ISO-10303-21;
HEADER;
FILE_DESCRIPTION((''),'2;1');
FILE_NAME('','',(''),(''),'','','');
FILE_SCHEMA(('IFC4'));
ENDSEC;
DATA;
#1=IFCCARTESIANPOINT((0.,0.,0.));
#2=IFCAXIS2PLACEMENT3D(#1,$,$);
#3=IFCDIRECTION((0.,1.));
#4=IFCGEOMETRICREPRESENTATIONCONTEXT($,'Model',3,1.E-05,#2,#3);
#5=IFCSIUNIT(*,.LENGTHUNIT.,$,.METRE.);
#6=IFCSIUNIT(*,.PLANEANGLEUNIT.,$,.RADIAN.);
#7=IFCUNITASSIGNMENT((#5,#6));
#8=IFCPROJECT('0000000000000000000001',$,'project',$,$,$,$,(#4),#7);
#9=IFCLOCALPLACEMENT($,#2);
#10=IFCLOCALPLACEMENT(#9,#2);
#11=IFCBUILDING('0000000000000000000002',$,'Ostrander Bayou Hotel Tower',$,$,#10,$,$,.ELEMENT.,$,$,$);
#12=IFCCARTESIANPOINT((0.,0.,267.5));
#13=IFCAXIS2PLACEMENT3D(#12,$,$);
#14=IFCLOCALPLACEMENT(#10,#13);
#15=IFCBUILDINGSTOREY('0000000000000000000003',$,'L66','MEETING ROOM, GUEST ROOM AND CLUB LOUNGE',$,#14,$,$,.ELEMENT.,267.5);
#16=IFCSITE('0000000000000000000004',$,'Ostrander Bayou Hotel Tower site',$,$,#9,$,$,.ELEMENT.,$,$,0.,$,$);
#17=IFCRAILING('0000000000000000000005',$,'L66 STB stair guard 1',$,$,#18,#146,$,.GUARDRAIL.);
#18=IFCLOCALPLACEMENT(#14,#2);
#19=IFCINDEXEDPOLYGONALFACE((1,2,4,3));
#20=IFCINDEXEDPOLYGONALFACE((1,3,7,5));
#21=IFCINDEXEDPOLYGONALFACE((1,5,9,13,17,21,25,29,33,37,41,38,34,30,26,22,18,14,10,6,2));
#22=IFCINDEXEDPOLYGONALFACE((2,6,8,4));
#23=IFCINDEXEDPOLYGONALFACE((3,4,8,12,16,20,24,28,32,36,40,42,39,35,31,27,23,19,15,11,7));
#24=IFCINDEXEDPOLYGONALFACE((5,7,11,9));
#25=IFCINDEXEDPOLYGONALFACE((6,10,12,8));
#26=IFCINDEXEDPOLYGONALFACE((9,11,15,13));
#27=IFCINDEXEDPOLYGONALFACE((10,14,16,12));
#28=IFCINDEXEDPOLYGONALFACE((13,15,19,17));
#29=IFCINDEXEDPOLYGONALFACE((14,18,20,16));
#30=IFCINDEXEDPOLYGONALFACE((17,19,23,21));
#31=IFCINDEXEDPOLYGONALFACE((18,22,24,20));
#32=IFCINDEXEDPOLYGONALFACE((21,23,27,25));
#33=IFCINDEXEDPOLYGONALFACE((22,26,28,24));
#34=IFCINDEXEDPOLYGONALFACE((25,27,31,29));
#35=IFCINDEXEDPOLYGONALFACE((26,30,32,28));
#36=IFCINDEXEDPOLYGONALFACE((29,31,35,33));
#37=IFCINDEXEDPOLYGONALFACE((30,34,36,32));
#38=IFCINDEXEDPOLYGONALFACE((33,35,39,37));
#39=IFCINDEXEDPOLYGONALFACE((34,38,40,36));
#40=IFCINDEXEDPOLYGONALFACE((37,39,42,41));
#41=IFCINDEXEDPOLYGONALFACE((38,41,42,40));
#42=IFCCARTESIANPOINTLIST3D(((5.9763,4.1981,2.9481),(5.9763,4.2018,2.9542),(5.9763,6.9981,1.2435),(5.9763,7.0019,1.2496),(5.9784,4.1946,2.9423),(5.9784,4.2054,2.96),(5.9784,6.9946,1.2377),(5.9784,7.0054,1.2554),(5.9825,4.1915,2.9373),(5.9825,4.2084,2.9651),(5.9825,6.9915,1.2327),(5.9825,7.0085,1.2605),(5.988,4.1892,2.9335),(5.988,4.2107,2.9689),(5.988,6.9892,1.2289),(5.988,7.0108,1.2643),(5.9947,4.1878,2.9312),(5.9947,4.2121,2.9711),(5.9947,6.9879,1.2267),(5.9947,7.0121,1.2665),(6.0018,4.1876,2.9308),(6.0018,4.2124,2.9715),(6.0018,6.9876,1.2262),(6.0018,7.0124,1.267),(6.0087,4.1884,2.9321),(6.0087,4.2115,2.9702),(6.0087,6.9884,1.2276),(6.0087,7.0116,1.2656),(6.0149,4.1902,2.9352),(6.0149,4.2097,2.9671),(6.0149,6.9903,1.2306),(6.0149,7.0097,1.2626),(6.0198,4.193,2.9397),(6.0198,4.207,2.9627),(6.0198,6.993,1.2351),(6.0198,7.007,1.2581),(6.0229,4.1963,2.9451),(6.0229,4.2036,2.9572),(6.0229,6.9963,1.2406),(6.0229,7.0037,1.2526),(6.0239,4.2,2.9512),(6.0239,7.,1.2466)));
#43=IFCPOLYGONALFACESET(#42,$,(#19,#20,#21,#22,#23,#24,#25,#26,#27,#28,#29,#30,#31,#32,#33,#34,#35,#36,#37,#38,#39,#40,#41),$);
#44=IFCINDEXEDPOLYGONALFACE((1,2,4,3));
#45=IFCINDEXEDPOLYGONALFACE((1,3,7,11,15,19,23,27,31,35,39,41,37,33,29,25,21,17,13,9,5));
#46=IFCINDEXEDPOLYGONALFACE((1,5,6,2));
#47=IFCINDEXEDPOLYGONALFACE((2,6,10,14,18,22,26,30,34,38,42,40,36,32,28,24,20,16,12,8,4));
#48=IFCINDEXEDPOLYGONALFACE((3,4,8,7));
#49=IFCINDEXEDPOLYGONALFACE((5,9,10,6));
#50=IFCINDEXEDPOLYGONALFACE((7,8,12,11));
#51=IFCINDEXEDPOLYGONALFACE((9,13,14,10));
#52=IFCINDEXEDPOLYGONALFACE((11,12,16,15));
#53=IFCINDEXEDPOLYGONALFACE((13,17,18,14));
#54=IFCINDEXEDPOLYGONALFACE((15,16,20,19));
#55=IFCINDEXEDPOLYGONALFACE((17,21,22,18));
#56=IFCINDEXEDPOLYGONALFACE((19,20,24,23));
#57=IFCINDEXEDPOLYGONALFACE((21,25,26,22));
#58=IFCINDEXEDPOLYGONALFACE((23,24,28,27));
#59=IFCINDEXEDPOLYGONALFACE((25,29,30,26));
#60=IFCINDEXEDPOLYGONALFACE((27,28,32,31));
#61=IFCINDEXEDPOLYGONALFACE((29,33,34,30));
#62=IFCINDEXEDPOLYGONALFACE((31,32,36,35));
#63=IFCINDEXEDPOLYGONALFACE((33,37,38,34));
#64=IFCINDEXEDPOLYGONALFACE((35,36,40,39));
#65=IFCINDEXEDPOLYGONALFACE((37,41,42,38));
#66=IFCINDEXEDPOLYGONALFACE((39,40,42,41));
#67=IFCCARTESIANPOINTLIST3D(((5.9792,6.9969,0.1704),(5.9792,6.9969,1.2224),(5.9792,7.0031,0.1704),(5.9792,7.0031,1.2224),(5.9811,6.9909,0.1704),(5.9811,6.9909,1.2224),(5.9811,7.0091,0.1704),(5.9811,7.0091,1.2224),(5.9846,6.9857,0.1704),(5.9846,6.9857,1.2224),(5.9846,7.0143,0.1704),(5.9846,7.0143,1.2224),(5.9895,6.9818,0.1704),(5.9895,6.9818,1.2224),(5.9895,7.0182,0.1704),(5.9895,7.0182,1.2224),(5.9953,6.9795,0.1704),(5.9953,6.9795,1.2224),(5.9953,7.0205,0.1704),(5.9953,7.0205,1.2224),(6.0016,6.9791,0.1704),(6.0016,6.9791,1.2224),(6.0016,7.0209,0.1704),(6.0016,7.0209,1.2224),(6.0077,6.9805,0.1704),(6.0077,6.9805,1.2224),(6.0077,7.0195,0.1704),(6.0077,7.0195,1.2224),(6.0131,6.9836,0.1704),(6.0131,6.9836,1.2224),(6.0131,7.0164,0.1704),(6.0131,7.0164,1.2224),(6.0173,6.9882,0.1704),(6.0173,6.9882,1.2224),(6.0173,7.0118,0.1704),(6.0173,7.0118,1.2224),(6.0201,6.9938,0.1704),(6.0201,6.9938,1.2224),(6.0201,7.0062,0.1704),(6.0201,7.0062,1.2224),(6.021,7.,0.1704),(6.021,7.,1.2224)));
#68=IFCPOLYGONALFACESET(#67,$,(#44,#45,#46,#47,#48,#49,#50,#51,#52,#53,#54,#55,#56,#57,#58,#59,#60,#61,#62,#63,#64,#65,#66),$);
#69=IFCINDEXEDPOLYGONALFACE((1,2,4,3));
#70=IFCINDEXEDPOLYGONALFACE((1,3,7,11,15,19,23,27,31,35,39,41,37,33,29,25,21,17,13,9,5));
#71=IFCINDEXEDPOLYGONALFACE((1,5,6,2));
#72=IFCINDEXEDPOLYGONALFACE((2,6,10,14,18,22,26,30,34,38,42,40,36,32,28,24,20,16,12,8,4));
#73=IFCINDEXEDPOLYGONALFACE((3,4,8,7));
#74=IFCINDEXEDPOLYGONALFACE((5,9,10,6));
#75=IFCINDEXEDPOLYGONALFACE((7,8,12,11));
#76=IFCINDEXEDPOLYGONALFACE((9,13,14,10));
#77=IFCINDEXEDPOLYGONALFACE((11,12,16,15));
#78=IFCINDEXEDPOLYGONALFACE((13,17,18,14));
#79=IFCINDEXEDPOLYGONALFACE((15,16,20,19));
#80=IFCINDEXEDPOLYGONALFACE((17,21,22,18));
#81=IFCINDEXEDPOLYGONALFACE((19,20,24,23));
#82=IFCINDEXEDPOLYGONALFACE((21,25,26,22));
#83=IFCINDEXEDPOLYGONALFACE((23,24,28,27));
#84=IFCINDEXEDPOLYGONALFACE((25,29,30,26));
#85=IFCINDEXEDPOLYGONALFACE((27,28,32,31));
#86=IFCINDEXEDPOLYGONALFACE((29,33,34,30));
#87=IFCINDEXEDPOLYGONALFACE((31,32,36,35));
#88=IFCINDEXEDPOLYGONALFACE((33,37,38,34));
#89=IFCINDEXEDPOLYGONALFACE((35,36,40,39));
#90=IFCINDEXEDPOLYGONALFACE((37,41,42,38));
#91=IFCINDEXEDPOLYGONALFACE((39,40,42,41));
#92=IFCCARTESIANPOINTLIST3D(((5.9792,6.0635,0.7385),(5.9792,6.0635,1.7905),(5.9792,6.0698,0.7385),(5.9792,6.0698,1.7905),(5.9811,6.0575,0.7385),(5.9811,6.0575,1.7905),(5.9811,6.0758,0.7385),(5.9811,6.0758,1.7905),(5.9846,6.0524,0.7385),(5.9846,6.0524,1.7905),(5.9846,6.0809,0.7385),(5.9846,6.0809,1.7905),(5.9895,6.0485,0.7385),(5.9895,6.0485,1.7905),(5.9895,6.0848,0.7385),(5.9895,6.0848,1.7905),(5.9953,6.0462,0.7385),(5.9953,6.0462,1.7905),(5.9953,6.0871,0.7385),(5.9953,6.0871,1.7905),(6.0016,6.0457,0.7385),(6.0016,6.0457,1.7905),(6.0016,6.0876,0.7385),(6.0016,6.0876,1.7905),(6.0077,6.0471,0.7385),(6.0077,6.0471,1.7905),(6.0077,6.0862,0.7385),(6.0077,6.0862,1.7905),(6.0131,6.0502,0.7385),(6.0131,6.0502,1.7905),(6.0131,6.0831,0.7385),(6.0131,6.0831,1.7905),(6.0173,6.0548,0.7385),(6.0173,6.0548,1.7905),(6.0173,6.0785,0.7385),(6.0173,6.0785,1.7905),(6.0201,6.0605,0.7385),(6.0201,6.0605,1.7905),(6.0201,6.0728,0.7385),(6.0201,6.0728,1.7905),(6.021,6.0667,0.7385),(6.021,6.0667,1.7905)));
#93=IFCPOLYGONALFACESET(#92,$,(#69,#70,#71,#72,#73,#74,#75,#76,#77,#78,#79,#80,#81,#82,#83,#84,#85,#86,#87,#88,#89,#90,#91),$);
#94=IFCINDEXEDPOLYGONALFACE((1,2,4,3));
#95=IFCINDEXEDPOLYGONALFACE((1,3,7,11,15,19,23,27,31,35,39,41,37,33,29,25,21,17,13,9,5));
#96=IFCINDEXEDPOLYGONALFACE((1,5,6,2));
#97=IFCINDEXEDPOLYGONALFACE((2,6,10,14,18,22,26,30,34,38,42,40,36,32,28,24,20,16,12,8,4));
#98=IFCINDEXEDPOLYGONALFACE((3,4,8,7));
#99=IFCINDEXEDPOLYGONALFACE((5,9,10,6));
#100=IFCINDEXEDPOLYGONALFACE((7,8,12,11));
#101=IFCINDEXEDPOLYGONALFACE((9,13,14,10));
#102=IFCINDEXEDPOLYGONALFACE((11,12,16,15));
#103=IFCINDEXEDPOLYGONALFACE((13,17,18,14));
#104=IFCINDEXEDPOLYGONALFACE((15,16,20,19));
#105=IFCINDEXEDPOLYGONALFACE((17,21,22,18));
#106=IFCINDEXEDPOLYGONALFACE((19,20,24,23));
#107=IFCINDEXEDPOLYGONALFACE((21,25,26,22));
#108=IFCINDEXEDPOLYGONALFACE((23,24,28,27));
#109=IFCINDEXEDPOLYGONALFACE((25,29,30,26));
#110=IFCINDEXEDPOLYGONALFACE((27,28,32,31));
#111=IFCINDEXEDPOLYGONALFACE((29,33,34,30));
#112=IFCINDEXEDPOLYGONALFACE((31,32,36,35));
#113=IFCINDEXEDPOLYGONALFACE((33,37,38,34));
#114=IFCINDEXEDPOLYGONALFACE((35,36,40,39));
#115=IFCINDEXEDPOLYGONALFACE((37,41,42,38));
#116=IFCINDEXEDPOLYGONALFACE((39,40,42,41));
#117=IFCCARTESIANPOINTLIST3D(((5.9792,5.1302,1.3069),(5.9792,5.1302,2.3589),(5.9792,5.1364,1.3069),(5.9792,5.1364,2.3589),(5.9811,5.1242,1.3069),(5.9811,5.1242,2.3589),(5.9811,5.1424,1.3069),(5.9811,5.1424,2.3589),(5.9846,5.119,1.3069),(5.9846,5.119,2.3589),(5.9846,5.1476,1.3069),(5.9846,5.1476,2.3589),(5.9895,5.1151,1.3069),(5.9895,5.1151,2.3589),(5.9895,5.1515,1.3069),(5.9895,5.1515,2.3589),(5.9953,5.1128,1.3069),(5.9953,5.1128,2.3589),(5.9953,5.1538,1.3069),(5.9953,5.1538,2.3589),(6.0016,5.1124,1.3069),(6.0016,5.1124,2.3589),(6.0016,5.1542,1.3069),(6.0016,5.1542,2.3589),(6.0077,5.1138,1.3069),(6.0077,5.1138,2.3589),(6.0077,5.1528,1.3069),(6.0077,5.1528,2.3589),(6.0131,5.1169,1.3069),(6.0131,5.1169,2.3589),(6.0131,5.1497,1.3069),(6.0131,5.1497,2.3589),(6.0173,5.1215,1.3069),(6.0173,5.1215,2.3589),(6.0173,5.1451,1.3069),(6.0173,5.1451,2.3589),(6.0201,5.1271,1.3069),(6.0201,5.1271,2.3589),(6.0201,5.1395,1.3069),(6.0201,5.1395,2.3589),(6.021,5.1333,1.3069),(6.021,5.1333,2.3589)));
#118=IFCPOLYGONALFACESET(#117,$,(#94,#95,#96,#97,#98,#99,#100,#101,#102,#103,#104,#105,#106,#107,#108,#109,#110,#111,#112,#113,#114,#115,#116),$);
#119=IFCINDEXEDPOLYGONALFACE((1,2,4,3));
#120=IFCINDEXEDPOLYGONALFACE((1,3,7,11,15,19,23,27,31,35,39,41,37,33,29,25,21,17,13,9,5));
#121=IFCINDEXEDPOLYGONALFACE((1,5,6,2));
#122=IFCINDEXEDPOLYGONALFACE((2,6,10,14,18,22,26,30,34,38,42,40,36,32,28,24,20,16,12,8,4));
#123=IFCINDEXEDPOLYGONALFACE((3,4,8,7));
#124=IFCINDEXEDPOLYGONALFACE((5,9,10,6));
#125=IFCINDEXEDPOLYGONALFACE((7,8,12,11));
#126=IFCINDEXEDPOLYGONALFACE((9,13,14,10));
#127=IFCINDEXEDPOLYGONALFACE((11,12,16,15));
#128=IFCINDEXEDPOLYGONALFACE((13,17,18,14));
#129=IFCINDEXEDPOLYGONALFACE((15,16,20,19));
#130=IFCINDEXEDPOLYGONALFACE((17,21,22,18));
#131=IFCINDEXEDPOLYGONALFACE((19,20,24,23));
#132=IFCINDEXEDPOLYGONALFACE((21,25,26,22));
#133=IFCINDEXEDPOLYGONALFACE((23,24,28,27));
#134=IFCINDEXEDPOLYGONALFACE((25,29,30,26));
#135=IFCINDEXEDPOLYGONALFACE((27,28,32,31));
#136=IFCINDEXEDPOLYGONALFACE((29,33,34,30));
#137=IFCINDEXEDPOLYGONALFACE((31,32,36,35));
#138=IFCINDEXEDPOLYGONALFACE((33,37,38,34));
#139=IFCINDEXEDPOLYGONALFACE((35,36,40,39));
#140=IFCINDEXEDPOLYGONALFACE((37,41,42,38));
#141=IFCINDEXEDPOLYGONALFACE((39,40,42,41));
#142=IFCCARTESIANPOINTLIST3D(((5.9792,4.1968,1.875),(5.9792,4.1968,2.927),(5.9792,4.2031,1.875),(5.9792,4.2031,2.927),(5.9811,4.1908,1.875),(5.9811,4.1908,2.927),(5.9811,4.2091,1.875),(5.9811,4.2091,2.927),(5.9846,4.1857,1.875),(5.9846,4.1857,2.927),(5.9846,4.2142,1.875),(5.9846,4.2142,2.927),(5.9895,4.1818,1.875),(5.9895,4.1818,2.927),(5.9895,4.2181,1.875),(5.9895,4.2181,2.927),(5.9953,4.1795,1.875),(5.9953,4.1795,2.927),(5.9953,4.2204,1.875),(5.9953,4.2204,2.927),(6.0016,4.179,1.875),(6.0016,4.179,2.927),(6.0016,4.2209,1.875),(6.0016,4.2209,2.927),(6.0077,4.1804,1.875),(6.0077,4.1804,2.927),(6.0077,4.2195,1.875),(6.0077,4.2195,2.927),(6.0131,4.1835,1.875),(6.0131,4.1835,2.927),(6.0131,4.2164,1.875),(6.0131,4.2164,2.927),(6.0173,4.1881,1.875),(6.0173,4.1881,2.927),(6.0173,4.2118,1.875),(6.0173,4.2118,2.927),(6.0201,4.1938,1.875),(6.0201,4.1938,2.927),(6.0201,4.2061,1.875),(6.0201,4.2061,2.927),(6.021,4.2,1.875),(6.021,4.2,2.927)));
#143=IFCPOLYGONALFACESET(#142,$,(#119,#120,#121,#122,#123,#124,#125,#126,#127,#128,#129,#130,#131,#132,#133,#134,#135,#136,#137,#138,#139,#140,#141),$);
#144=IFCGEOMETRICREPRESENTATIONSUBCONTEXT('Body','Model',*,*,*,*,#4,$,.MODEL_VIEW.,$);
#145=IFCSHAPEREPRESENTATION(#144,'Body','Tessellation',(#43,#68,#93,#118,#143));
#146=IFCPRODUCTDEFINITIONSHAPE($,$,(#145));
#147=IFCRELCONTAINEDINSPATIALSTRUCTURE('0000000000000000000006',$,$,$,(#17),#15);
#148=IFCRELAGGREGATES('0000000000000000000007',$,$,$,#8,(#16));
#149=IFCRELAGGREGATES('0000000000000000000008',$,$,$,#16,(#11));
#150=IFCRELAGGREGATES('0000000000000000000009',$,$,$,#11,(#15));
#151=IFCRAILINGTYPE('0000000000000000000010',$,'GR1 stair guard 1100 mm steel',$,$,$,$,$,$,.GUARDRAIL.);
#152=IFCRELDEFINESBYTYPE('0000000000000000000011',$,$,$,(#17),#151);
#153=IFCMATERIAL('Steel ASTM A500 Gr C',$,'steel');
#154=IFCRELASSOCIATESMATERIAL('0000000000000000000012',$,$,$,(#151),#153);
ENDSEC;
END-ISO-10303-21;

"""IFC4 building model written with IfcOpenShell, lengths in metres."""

from ifc_helpers import new_model, si_unit, direction, frame, origin, origin_2d, place, context, subcontext, project, spatial, circle, extrude, material, type_object, element, save


model = new_model("IFC4")

# Units and contexts
model_context = context("Model", 3, precision=1e-05, world=origin(), true_north=direction((0.0, 1.0)))
body_context = subcontext(model_context, "Body", "Model", "MODEL_VIEW")
ifc_project = project(units=[si_unit("LENGTHUNIT", "METRE"), si_unit("PLANEANGLEUNIT", "RADIAN")], contexts=[model_context])

# Site, building, storey
site_placement = place(None, origin())
site = spatial("IfcSite", under=ifc_project, at=site_placement, Name="Ostrander Bayou Hotel Tower site", CompositionType="ELEMENT", RefElevation=0.0)
building_placement = place(site_placement, origin())
building = spatial("IfcBuilding", under=site, at=building_placement, Name="Ostrander Bayou Hotel Tower", CompositionType="ELEMENT")
storey_placement = place(building_placement, frame((0.0, 0.0, 267.5)))
storey = spatial("IfcBuildingStorey", under=building, at=storey_placement, Name="L66", Description="MEETING ROOM, GUEST ROOM AND CLUB LOUNGE", CompositionType="ELEMENT", Elevation=267.5)

# Railing
ifc_material_1 = material(Name="Steel ASTM A500 Gr C", Category="steel")
railing_type_1 = type_object("IfcRailingType", Name="GR1 stair guard 1100 mm steel", PredefinedType="GUARDRAIL", material=ifc_material_1)
railing_1_placement = place(storey_placement, frame((6.0, 7.0, 0.1704)))
element("IfcRailing", 1, at=railing_1_placement, inside=storey, type_object=railing_type_1, Name="L66 STB stair guard 1", PredefinedType="GUARDRAIL", context=body_context, shape_type="SweptSolid", body=[
    extrude(circle(Radius=0.0239, at=origin_2d()), frame((0.0, 0.0, 1.0762), z_axis=(0.0, -0.85417, 0.519994), x_axis=(1.0, 0.0, 0.0)), (0.0, 0.0, 1.0), 3.2781),
    extrude(circle(Radius=0.021, at=origin_2d()), origin(), (0.0, 0.0, 1.0), 1.052),
    extrude(circle(Radius=0.021, at=origin_2d()), frame((0.0, -0.9333, 0.5681)), (0.0, 0.0, 1.0), 1.052),
    extrude(circle(Radius=0.021, at=origin_2d()), frame((0.0, -1.8667, 1.1365)), (0.0, 0.0, 1.0), 1.052),
    extrude(circle(Radius=0.021, at=origin_2d()), frame((0.0, -2.8, 1.7046)), (0.0, 0.0, 1.0), 1.052),
])

save(model, "model.ifc")
